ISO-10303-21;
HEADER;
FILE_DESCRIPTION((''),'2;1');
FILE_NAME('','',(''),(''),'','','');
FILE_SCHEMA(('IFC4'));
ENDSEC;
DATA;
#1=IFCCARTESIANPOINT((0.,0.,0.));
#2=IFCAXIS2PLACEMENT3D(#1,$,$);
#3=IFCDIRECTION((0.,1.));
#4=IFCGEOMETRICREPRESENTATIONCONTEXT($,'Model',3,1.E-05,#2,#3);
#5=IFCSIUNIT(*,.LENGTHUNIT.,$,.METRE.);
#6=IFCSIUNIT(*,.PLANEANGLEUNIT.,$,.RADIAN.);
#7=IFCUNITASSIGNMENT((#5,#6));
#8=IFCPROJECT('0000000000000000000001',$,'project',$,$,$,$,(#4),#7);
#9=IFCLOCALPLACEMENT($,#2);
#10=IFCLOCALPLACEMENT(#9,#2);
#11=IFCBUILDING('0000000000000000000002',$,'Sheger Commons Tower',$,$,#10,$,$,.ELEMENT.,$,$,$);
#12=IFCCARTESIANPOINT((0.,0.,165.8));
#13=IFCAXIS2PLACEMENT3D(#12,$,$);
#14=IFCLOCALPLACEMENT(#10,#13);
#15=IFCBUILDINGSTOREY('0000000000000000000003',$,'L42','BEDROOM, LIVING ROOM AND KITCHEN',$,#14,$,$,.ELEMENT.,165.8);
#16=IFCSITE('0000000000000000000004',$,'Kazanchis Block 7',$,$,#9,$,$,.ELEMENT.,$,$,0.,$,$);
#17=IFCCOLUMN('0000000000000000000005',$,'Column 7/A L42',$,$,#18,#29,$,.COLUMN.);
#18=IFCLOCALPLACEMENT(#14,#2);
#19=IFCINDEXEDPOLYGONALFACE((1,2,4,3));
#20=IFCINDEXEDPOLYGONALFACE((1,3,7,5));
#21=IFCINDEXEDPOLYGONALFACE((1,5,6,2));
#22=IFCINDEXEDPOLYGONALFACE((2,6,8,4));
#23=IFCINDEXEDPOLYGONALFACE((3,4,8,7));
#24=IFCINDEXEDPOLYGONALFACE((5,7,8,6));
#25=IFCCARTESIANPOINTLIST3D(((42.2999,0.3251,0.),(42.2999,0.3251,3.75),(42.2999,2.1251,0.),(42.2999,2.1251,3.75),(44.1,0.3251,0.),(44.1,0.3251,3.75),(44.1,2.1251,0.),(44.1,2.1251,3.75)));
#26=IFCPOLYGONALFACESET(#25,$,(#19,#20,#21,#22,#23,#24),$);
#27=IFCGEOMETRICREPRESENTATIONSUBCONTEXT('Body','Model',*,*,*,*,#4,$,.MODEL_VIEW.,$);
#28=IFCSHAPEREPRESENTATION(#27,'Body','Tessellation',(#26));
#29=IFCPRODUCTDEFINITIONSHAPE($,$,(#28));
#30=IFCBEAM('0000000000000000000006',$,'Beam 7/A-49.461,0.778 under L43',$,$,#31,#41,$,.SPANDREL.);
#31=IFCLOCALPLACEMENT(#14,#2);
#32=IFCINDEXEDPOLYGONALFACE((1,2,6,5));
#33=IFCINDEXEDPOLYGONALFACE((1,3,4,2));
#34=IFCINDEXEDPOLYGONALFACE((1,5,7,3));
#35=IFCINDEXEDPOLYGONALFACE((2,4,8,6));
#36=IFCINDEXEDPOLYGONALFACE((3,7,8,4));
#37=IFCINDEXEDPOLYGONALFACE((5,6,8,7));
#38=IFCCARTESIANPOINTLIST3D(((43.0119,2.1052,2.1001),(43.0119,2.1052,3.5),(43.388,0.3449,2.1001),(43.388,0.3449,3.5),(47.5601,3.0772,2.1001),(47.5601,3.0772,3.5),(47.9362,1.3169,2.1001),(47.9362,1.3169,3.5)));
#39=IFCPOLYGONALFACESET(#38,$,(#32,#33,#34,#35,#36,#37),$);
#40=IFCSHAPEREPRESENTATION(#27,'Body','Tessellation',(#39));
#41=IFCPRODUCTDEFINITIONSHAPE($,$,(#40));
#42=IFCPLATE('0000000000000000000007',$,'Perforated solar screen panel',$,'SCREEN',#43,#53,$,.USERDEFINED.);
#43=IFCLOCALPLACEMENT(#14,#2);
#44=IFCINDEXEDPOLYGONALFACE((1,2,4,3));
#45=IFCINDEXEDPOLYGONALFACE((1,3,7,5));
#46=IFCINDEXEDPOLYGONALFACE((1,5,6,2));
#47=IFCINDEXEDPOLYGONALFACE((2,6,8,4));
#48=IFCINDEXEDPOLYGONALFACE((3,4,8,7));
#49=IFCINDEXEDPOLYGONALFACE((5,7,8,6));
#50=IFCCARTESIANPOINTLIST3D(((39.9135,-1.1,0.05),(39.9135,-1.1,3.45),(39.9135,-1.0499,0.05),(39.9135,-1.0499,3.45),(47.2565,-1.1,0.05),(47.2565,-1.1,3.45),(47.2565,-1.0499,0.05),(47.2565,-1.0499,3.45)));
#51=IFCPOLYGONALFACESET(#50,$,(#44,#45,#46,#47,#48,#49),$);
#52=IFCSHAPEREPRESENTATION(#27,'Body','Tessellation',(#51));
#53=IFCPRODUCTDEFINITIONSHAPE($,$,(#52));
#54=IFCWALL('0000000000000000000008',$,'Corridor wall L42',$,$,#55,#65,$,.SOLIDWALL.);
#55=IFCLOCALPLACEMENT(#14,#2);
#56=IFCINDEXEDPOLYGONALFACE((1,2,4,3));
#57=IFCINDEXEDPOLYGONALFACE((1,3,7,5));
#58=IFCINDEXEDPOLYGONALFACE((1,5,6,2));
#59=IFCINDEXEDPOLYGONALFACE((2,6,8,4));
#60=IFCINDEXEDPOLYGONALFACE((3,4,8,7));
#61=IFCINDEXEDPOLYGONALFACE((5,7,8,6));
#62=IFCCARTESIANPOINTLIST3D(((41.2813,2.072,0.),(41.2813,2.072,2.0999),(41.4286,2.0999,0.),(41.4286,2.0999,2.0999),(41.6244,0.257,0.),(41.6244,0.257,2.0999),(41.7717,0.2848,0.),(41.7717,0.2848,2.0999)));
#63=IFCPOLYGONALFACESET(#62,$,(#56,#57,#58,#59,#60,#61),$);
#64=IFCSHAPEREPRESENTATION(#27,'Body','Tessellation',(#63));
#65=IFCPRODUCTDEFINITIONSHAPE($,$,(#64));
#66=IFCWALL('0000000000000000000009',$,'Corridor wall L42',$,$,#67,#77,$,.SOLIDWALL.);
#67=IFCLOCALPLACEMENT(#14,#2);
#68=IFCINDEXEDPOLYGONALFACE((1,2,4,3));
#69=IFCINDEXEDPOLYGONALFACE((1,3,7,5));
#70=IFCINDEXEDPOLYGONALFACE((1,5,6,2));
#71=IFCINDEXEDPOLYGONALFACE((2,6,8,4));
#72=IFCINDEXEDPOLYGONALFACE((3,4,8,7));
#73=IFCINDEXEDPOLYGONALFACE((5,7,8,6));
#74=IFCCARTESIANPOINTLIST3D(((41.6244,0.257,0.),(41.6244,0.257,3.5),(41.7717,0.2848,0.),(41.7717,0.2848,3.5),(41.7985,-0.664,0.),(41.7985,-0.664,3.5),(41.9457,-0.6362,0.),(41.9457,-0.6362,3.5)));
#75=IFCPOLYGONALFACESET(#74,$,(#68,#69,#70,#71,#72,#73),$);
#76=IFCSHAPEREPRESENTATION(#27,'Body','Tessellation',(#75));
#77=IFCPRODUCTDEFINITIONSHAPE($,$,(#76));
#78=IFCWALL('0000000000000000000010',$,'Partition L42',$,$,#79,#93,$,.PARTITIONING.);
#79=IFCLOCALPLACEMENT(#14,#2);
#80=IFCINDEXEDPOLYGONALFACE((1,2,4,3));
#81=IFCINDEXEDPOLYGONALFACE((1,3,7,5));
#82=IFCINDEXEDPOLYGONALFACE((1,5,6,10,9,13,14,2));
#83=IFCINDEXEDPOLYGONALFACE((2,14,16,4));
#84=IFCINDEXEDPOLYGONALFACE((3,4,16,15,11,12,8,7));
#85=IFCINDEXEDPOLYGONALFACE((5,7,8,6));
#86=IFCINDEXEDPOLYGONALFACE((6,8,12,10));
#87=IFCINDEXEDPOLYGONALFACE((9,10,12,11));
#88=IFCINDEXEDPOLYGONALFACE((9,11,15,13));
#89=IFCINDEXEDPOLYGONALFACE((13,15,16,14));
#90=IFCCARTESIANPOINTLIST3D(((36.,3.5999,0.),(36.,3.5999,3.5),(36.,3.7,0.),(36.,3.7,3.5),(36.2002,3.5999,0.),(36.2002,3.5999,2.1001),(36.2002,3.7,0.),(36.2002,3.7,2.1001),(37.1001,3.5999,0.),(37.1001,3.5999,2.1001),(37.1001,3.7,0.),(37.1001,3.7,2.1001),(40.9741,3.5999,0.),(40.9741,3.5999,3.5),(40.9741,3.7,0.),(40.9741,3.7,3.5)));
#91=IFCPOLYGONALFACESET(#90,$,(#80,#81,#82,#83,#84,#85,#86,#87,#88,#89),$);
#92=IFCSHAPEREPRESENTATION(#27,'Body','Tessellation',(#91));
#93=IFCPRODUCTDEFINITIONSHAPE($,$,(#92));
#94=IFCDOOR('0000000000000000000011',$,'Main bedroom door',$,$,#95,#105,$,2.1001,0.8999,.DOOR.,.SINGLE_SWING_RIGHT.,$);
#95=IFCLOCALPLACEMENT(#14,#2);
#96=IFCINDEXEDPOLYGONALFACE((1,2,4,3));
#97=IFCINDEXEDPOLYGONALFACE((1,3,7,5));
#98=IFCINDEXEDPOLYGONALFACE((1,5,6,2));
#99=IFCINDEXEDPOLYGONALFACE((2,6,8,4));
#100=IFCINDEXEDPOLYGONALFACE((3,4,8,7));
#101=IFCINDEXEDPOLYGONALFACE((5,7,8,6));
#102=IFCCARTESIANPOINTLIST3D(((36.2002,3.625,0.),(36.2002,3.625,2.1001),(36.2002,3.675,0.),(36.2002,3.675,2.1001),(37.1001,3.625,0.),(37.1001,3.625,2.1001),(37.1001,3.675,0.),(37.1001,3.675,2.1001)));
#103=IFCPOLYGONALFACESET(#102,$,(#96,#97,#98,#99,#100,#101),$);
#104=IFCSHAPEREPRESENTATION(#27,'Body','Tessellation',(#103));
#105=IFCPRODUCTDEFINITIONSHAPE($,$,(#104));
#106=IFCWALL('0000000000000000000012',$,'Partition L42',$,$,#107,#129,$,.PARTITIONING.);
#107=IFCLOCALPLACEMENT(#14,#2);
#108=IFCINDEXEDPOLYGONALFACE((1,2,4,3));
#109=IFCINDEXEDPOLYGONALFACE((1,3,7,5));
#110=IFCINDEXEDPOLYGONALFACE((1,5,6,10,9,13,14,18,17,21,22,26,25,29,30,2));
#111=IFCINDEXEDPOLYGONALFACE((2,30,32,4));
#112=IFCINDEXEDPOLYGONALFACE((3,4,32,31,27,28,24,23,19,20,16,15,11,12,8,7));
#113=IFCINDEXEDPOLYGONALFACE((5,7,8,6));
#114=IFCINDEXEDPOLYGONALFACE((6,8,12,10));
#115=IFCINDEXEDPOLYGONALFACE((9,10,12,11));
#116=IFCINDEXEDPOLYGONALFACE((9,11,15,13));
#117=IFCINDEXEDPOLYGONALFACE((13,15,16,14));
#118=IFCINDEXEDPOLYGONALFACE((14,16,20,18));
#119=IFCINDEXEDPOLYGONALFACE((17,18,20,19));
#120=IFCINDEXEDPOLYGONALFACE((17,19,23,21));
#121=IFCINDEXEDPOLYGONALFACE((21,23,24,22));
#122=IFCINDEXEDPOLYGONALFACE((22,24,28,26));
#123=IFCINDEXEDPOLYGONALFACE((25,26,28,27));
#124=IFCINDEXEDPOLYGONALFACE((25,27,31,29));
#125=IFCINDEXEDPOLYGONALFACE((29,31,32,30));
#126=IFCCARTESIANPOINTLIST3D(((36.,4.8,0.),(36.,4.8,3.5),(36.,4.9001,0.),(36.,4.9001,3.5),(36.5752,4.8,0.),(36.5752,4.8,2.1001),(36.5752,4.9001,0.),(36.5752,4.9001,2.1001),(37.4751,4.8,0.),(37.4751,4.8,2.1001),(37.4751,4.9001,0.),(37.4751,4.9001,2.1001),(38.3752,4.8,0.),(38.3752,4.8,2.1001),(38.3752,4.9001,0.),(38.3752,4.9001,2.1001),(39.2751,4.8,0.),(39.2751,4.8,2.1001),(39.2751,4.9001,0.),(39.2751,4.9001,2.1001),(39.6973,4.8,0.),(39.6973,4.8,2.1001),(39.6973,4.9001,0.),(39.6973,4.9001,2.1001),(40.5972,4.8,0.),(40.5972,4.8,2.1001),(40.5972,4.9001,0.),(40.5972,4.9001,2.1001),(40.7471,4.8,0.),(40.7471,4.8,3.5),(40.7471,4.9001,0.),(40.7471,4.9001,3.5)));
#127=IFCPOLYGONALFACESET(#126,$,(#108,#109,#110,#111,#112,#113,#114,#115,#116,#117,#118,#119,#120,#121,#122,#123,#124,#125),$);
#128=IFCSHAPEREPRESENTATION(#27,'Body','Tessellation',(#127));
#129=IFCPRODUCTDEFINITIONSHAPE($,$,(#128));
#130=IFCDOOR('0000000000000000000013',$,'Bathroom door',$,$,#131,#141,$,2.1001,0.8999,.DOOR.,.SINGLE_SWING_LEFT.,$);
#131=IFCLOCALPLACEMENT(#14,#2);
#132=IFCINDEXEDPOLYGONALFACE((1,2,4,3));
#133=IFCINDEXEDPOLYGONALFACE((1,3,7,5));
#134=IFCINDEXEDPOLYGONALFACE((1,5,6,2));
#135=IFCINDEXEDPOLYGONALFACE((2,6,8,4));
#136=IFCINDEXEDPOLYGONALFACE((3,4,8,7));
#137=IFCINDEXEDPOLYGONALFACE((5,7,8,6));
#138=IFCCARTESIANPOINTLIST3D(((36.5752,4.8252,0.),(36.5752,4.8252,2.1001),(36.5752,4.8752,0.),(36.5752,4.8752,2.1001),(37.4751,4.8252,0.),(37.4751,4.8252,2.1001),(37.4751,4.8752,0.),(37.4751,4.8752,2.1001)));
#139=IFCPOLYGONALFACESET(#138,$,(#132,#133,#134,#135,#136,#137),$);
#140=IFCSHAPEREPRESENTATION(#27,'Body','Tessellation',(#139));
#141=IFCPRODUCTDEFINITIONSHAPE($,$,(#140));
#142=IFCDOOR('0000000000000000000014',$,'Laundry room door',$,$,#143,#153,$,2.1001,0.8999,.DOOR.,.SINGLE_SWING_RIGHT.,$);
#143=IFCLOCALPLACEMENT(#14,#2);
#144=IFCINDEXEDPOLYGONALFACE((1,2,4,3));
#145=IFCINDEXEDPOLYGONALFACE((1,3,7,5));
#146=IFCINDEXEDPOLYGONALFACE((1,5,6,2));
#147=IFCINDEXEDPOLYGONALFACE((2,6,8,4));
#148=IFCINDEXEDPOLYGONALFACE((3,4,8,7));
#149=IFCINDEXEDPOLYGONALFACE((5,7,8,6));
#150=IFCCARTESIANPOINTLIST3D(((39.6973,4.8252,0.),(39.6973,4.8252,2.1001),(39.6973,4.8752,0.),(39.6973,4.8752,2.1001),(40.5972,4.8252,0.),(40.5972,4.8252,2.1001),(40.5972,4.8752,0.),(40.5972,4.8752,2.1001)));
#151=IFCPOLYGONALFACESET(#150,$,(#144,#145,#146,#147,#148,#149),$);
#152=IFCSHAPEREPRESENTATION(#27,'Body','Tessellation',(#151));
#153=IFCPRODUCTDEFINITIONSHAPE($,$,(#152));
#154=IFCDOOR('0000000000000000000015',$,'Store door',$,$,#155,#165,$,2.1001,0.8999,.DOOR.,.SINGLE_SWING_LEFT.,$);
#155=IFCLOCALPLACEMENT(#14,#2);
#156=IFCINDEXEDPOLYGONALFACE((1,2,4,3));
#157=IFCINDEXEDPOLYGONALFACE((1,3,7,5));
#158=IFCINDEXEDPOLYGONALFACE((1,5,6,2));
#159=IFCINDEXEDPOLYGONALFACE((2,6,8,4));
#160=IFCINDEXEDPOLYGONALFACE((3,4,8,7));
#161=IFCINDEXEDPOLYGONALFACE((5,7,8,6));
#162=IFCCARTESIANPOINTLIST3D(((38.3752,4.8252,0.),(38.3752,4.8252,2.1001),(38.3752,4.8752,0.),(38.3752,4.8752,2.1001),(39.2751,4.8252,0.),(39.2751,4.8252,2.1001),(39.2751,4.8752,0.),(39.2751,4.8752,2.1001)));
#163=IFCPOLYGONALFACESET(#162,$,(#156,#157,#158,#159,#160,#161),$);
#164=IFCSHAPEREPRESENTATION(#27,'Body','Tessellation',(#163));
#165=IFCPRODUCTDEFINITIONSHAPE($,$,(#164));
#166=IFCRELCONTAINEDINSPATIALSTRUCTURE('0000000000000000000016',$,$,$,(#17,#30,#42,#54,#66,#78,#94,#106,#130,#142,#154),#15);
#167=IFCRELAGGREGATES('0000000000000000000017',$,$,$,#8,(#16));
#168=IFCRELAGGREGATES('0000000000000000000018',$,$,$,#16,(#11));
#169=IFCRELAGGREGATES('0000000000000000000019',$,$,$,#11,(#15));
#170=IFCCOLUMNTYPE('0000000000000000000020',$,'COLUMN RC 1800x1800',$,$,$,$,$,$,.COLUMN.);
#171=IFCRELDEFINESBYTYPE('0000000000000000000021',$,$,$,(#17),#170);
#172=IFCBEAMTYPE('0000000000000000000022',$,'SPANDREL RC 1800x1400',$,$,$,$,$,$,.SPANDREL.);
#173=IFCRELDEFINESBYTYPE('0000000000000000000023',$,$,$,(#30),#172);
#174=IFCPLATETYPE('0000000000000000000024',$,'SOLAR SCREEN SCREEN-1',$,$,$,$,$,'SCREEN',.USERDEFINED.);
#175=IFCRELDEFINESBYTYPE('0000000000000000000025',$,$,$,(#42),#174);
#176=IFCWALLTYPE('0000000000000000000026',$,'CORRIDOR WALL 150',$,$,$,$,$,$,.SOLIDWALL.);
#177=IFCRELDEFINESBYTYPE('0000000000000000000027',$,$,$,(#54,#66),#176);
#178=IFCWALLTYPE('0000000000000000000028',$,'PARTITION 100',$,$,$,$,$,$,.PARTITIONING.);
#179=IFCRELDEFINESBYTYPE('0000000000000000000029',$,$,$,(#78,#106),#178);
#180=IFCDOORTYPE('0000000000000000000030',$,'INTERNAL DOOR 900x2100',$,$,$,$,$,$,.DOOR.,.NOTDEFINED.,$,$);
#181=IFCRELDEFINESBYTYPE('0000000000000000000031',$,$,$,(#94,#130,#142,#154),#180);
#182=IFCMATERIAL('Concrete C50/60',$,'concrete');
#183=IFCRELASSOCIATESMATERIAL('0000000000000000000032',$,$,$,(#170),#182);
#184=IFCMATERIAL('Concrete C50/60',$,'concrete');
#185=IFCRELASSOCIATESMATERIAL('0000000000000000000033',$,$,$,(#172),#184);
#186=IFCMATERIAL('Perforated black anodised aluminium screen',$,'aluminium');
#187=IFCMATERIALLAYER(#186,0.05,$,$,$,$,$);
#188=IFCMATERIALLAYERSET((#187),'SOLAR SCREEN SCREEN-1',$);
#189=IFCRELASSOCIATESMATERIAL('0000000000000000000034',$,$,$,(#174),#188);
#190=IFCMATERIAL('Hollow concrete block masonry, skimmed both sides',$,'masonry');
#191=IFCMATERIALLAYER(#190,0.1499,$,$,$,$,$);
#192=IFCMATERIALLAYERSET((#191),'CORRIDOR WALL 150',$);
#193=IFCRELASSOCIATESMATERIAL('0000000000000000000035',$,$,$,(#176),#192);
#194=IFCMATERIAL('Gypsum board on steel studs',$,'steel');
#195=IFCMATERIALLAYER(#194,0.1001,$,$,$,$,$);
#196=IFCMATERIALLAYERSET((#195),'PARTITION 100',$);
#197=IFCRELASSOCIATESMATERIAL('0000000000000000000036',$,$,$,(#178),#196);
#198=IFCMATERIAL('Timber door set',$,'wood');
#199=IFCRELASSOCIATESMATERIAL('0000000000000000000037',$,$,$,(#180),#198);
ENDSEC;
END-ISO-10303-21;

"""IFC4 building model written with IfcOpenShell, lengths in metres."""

from ifc_helpers import new_model, si_unit, direction, frame, frame_2d, origin, origin_2d, place, context, subcontext, project, spatial, rectangle, extrude, material, layer, layer_set, material_profile, profile_set, type_object, element, fill, save


model = new_model("IFC4")

# Units and contexts
model_context = context("Model", 3, precision=1e-05, world=origin(), true_north=direction((0.0, 1.0)))
body_context = subcontext(model_context, "Body", "Model", "MODEL_VIEW")
ifc_project = project(units=[si_unit("LENGTHUNIT", "METRE"), si_unit("PLANEANGLEUNIT", "RADIAN")], contexts=[model_context])

# Site, building, storey
site_placement = place(None, origin())
site = spatial("IfcSite", under=ifc_project, at=site_placement, Name="Kazanchis Block 7", CompositionType="ELEMENT", RefElevation=0.0)
building_placement = place(site_placement, origin())
building = spatial("IfcBuilding", under=site, at=building_placement, Name="Sheger Commons Tower", CompositionType="ELEMENT")
storey_placement = place(building_placement, frame((0.0, 0.0, 165.8)))
storey = spatial("IfcBuildingStorey", under=building, at=storey_placement, Name="L42", Description="BEDROOM, LIVING ROOM AND KITCHEN", CompositionType="ELEMENT", Elevation=165.8)

# Column
ifc_material_1 = material(Name="Concrete C50/60", Category="concrete")
ifc_material_profile_1 = material_profile(ifc_material_1, rectangle(XDim=1.8, YDim=1.8, at=origin_2d()), Name="RC 1800x1800")
ifc_profile_set_1 = profile_set([ifc_material_profile_1], Name="Concrete C50/60")
column_type = type_object("IfcColumnType", Name="COLUMN RC 1800x1800", PredefinedType="COLUMN", material=ifc_profile_set_1)
column_placement = place(storey_placement, frame((43.2, 1.2251, 0.0), z_axis=(0.0, 0.0, 1.0), x_axis=(1.0, 0.0, 0.0)))
element("IfcColumn", 1, at=column_placement, inside=storey, type_object=column_type, Name="Column 7/A L42", PredefinedType="COLUMN", context=body_context, shape_type="SweptSolid", body=[
    extrude(rectangle(XDim=1.8, YDim=1.8, at=origin_2d()), origin(), (0.0, 0.0, 1.0), 3.75),
])

# Beam
ifc_material_2 = material(Name="Concrete C50/60", Category="concrete")
ifc_material_profile_2 = material_profile(ifc_material_2, rectangle(XDim=1.8, YDim=1.3999, at=origin_2d()), Name="RC 1800x1400")
ifc_profile_set_2 = profile_set([ifc_material_profile_2], Name="Concrete C50/60")
beam_type = type_object("IfcBeamType", Name="SPANDREL RC 1800x1400", PredefinedType="SPANDREL", material=ifc_profile_set_2)
beam_placement = place(storey_placement, frame((43.2, 1.2251, 2.8), z_axis=(0.97792, 0.208981, 0.0), x_axis=(-0.208981, 0.97792, 0.0)))
element("IfcBeam", 2, at=beam_placement, inside=storey, type_object=beam_type, Name="Beam 7/A-49.461,0.778 under L43", PredefinedType="SPANDREL", context=body_context, shape_type="SweptSolid", body=[
    extrude(rectangle(XDim=1.8, YDim=1.3999, at=origin_2d()), origin(), (0.0, 0.0, 1.0), 4.6509),
])

# Plate
ifc_material_3 = material(Name="Perforated black anodised aluminium screen", Category="aluminium")
ifc_layer_1 = layer(ifc_material_3, 0.05)
ifc_layer_set_1 = layer_set([ifc_layer_1], Name="SOLAR SCREEN SCREEN-1")
plate_type = type_object("IfcPlateType", Name="SOLAR SCREEN SCREEN-1", ElementType="SCREEN", PredefinedType="USERDEFINED", material=ifc_layer_set_1)
plate_placement = place(storey_placement, frame((43.585, -1.075, 0.05), z_axis=(0.0, 0.0, 1.0), x_axis=(1.0, 0.0, 0.0)))
element("IfcPlate", 3, at=plate_placement, inside=storey, type_object=plate_type, Name="Perforated solar screen panel", ObjectType="SCREEN", PredefinedType="USERDEFINED", context=body_context, shape_type="SweptSolid", body=[
    extrude(rectangle(XDim=7.343, YDim=0.05, at=origin_2d()), origin(), (0.0, 0.0, 1.0), 3.3999),
])

# Walls
ifc_material_4 = material(Name="Hollow concrete block masonry, skimmed both sides", Category="masonry")
ifc_layer_2 = layer(ifc_material_4, 0.1499)
ifc_layer_set_2 = layer_set([ifc_layer_2], Name="CORRIDOR WALL 150")
wall_type_1 = type_object("IfcWallType", Name="CORRIDOR WALL 150", PredefinedType="SOLIDWALL", material=ifc_layer_set_2)
wall_1_placement = place(storey_placement, frame((41.355, 2.0859, 0.0), z_axis=(0.0, 0.0, 1.0), x_axis=(0.185709, -0.982605, 0.0)))
element("IfcWall", 4, at=wall_1_placement, inside=storey, type_object=wall_type_1, Name="Corridor wall L42", PredefinedType="SOLIDWALL", context=body_context, shape_type="SweptSolid", body=[
    extrude(rectangle(XDim=1.8472, YDim=0.1499, at=frame_2d((0.9236, 0.0))), origin(), (0.0, 0.0, 1.0), 2.0999),
])
wall_2_placement = place(storey_placement, frame((41.698, 0.271, 0.0), z_axis=(0.0, 0.0, 1.0), x_axis=(0.185735, -0.9826, 0.0)))
element("IfcWall", 5, at=wall_2_placement, inside=storey, type_object=wall_type_1, Name="Corridor wall L42", PredefinedType="SOLIDWALL", context=body_context, shape_type="SweptSolid", body=[
    extrude(rectangle(XDim=0.9373, YDim=0.1499, at=frame_2d((0.4688, 0.0))), origin(), (0.0, 0.0, 1.0), 3.5),
])

# Wall, opening, door
ifc_material_5 = material(Name="Gypsum board on steel studs", Category="steel")
ifc_layer_3 = layer(ifc_material_5, 0.1001)
ifc_layer_set_3 = layer_set([ifc_layer_3], Name="PARTITION 100")
wall_type_2 = type_object("IfcWallType", Name="PARTITION 100", PredefinedType="PARTITIONING", material=ifc_layer_set_3)
wall_3_placement = place(storey_placement, frame((40.9741, 3.6499, 0.0), z_axis=(0.0, 0.0, 1.0), x_axis=(-1.0, 0.0, 0.0)))
wall_3 = element("IfcWall", 6, at=wall_3_placement, inside=storey, type_object=wall_type_2, Name="Partition L42", PredefinedType="PARTITIONING", context=body_context, shape_type="SweptSolid", body=[
    extrude(rectangle(XDim=4.9741, YDim=0.1001, at=frame_2d((2.4871, 0.0))), origin(), (0.0, 0.0, 1.0), 3.5),
])
opening_1_placement = place(wall_3_placement, frame((3.874, 0.0, 0.0)))
opening_1 = element("IfcOpeningElement", 7, at=opening_1_placement, cuts=wall_3, PredefinedType="OPENING", context=body_context, shape_type="SweptSolid", body=[
    extrude(rectangle(XDim=0.8999, YDim=2.1001, at=frame_2d((0.45, 1.05))), frame((0.0, 0.0601, 0.0), z_axis=(0.0, -1.0, 0.0), x_axis=(1.0, 0.0, 0.0)), (0.0, 0.0, 1.0), 0.1201),
])
ifc_material_6 = material(Name="Timber door set", Category="wood")
door_type = type_object("IfcDoorType", Name="INTERNAL DOOR 900x2100", OperationType="NOTDEFINED", PredefinedType="DOOR", material=ifc_material_6)
door_1_placement = place(opening_1_placement, origin())
door_1 = element("IfcDoor", 8, at=door_1_placement, inside=storey, type_object=door_type, Name="Main bedroom door", OperationType="SINGLE_SWING_RIGHT", OverallHeight=2.1001, OverallWidth=0.8999, PredefinedType="DOOR", context=body_context, shape_type="SweptSolid", body=[
    extrude(rectangle(XDim=0.8999, YDim=2.1001, at=frame_2d((0.45, 1.05))), frame((0.0, 0.0249, 0.0), z_axis=(0.0, -1.0, 0.0), x_axis=(1.0, 0.0, 0.0)), (0.0, 0.0, 1.0), 0.05),
])
fill(opening_1, door_1)

# Wall, openings, doors
wall_4_placement = place(storey_placement, frame((40.7471, 4.8501, 0.0), z_axis=(0.0, 0.0, 1.0), x_axis=(-1.0, 0.0, 0.0)))
wall_4 = element("IfcWall", 9, at=wall_4_placement, inside=storey, type_object=wall_type_2, Name="Partition L42", PredefinedType="PARTITIONING", context=body_context, shape_type="SweptSolid", body=[
    extrude(rectangle(XDim=4.7471, YDim=0.1001, at=frame_2d((2.3735, 0.0))), origin(), (0.0, 0.0, 1.0), 3.5),
])
opening_2_placement = place(wall_4_placement, frame((3.272, 0.0, 0.0)))
opening_2 = element("IfcOpeningElement", 10, at=opening_2_placement, cuts=wall_4, PredefinedType="OPENING", context=body_context, shape_type="SweptSolid", body=[
    extrude(rectangle(XDim=0.8999, YDim=2.1001, at=frame_2d((0.45, 1.05))), frame((0.0, 0.0601, 0.0), z_axis=(0.0, -1.0, 0.0), x_axis=(1.0, 0.0, 0.0)), (0.0, 0.0, 1.0), 0.1201),
])
opening_3_placement = place(wall_4_placement, frame((0.1499, 0.0, 0.0)))
opening_3 = element("IfcOpeningElement", 11, at=opening_3_placement, cuts=wall_4, PredefinedType="OPENING", context=body_context, shape_type="SweptSolid", body=[
    extrude(rectangle(XDim=0.8999, YDim=2.1001, at=frame_2d((0.45, 1.05))), frame((0.0, 0.0601, 0.0), z_axis=(0.0, -1.0, 0.0), x_axis=(1.0, 0.0, 0.0)), (0.0, 0.0, 1.0), 0.1201),
])
opening_4_placement = place(wall_4_placement, frame((1.4719, 0.0, 0.0)))
opening_4 = element("IfcOpeningElement", 12, at=opening_4_placement, cuts=wall_4, PredefinedType="OPENING", context=body_context, shape_type="SweptSolid", body=[
    extrude(rectangle(XDim=0.8999, YDim=2.1001, at=frame_2d((0.45, 1.05))), frame((0.0, 0.0601, 0.0), z_axis=(0.0, -1.0, 0.0), x_axis=(1.0, 0.0, 0.0)), (0.0, 0.0, 1.0), 0.1201),
])
door_2_placement = place(opening_2_placement, origin())
door_2 = element("IfcDoor", 13, at=door_2_placement, inside=storey, type_object=door_type, Name="Bathroom door", OperationType="SINGLE_SWING_LEFT", OverallHeight=2.1001, OverallWidth=0.8999, PredefinedType="DOOR", context=body_context, shape_type="SweptSolid", body=[
    extrude(rectangle(XDim=0.8999, YDim=2.1001, at=frame_2d((0.45, 1.05))), frame((0.0, 0.0249, 0.0), z_axis=(0.0, -1.0, 0.0), x_axis=(1.0, 0.0, 0.0)), (0.0, 0.0, 1.0), 0.05),
])
fill(opening_2, door_2)
door_3_placement = place(opening_3_placement, origin())
door_3 = element("IfcDoor", 14, at=door_3_placement, inside=storey, type_object=door_type, Name="Laundry room door", OperationType="SINGLE_SWING_RIGHT", OverallHeight=2.1001, OverallWidth=0.8999, PredefinedType="DOOR", context=body_context, shape_type="SweptSolid", body=[
    extrude(rectangle(XDim=0.8999, YDim=2.1001, at=frame_2d((0.45, 1.05))), frame((0.0, 0.0249, 0.0), z_axis=(0.0, -1.0, 0.0), x_axis=(1.0, 0.0, 0.0)), (0.0, 0.0, 1.0), 0.05),
])
fill(opening_3, door_3)
door_4_placement = place(opening_4_placement, origin())
door_4 = element("IfcDoor", 15, at=door_4_placement, inside=storey, type_object=door_type, Name="Store door", OperationType="SINGLE_SWING_LEFT", OverallHeight=2.1001, OverallWidth=0.8999, PredefinedType="DOOR", context=body_context, shape_type="SweptSolid", body=[
    extrude(rectangle(XDim=0.8999, YDim=2.1001, at=frame_2d((0.45, 1.05))), frame((0.0, 0.0249, 0.0), z_axis=(0.0, -1.0, 0.0), x_axis=(1.0, 0.0, 0.0)), (0.0, 0.0, 1.0), 0.05),
])
fill(opening_4, door_4)

save(model, "model.ifc")
